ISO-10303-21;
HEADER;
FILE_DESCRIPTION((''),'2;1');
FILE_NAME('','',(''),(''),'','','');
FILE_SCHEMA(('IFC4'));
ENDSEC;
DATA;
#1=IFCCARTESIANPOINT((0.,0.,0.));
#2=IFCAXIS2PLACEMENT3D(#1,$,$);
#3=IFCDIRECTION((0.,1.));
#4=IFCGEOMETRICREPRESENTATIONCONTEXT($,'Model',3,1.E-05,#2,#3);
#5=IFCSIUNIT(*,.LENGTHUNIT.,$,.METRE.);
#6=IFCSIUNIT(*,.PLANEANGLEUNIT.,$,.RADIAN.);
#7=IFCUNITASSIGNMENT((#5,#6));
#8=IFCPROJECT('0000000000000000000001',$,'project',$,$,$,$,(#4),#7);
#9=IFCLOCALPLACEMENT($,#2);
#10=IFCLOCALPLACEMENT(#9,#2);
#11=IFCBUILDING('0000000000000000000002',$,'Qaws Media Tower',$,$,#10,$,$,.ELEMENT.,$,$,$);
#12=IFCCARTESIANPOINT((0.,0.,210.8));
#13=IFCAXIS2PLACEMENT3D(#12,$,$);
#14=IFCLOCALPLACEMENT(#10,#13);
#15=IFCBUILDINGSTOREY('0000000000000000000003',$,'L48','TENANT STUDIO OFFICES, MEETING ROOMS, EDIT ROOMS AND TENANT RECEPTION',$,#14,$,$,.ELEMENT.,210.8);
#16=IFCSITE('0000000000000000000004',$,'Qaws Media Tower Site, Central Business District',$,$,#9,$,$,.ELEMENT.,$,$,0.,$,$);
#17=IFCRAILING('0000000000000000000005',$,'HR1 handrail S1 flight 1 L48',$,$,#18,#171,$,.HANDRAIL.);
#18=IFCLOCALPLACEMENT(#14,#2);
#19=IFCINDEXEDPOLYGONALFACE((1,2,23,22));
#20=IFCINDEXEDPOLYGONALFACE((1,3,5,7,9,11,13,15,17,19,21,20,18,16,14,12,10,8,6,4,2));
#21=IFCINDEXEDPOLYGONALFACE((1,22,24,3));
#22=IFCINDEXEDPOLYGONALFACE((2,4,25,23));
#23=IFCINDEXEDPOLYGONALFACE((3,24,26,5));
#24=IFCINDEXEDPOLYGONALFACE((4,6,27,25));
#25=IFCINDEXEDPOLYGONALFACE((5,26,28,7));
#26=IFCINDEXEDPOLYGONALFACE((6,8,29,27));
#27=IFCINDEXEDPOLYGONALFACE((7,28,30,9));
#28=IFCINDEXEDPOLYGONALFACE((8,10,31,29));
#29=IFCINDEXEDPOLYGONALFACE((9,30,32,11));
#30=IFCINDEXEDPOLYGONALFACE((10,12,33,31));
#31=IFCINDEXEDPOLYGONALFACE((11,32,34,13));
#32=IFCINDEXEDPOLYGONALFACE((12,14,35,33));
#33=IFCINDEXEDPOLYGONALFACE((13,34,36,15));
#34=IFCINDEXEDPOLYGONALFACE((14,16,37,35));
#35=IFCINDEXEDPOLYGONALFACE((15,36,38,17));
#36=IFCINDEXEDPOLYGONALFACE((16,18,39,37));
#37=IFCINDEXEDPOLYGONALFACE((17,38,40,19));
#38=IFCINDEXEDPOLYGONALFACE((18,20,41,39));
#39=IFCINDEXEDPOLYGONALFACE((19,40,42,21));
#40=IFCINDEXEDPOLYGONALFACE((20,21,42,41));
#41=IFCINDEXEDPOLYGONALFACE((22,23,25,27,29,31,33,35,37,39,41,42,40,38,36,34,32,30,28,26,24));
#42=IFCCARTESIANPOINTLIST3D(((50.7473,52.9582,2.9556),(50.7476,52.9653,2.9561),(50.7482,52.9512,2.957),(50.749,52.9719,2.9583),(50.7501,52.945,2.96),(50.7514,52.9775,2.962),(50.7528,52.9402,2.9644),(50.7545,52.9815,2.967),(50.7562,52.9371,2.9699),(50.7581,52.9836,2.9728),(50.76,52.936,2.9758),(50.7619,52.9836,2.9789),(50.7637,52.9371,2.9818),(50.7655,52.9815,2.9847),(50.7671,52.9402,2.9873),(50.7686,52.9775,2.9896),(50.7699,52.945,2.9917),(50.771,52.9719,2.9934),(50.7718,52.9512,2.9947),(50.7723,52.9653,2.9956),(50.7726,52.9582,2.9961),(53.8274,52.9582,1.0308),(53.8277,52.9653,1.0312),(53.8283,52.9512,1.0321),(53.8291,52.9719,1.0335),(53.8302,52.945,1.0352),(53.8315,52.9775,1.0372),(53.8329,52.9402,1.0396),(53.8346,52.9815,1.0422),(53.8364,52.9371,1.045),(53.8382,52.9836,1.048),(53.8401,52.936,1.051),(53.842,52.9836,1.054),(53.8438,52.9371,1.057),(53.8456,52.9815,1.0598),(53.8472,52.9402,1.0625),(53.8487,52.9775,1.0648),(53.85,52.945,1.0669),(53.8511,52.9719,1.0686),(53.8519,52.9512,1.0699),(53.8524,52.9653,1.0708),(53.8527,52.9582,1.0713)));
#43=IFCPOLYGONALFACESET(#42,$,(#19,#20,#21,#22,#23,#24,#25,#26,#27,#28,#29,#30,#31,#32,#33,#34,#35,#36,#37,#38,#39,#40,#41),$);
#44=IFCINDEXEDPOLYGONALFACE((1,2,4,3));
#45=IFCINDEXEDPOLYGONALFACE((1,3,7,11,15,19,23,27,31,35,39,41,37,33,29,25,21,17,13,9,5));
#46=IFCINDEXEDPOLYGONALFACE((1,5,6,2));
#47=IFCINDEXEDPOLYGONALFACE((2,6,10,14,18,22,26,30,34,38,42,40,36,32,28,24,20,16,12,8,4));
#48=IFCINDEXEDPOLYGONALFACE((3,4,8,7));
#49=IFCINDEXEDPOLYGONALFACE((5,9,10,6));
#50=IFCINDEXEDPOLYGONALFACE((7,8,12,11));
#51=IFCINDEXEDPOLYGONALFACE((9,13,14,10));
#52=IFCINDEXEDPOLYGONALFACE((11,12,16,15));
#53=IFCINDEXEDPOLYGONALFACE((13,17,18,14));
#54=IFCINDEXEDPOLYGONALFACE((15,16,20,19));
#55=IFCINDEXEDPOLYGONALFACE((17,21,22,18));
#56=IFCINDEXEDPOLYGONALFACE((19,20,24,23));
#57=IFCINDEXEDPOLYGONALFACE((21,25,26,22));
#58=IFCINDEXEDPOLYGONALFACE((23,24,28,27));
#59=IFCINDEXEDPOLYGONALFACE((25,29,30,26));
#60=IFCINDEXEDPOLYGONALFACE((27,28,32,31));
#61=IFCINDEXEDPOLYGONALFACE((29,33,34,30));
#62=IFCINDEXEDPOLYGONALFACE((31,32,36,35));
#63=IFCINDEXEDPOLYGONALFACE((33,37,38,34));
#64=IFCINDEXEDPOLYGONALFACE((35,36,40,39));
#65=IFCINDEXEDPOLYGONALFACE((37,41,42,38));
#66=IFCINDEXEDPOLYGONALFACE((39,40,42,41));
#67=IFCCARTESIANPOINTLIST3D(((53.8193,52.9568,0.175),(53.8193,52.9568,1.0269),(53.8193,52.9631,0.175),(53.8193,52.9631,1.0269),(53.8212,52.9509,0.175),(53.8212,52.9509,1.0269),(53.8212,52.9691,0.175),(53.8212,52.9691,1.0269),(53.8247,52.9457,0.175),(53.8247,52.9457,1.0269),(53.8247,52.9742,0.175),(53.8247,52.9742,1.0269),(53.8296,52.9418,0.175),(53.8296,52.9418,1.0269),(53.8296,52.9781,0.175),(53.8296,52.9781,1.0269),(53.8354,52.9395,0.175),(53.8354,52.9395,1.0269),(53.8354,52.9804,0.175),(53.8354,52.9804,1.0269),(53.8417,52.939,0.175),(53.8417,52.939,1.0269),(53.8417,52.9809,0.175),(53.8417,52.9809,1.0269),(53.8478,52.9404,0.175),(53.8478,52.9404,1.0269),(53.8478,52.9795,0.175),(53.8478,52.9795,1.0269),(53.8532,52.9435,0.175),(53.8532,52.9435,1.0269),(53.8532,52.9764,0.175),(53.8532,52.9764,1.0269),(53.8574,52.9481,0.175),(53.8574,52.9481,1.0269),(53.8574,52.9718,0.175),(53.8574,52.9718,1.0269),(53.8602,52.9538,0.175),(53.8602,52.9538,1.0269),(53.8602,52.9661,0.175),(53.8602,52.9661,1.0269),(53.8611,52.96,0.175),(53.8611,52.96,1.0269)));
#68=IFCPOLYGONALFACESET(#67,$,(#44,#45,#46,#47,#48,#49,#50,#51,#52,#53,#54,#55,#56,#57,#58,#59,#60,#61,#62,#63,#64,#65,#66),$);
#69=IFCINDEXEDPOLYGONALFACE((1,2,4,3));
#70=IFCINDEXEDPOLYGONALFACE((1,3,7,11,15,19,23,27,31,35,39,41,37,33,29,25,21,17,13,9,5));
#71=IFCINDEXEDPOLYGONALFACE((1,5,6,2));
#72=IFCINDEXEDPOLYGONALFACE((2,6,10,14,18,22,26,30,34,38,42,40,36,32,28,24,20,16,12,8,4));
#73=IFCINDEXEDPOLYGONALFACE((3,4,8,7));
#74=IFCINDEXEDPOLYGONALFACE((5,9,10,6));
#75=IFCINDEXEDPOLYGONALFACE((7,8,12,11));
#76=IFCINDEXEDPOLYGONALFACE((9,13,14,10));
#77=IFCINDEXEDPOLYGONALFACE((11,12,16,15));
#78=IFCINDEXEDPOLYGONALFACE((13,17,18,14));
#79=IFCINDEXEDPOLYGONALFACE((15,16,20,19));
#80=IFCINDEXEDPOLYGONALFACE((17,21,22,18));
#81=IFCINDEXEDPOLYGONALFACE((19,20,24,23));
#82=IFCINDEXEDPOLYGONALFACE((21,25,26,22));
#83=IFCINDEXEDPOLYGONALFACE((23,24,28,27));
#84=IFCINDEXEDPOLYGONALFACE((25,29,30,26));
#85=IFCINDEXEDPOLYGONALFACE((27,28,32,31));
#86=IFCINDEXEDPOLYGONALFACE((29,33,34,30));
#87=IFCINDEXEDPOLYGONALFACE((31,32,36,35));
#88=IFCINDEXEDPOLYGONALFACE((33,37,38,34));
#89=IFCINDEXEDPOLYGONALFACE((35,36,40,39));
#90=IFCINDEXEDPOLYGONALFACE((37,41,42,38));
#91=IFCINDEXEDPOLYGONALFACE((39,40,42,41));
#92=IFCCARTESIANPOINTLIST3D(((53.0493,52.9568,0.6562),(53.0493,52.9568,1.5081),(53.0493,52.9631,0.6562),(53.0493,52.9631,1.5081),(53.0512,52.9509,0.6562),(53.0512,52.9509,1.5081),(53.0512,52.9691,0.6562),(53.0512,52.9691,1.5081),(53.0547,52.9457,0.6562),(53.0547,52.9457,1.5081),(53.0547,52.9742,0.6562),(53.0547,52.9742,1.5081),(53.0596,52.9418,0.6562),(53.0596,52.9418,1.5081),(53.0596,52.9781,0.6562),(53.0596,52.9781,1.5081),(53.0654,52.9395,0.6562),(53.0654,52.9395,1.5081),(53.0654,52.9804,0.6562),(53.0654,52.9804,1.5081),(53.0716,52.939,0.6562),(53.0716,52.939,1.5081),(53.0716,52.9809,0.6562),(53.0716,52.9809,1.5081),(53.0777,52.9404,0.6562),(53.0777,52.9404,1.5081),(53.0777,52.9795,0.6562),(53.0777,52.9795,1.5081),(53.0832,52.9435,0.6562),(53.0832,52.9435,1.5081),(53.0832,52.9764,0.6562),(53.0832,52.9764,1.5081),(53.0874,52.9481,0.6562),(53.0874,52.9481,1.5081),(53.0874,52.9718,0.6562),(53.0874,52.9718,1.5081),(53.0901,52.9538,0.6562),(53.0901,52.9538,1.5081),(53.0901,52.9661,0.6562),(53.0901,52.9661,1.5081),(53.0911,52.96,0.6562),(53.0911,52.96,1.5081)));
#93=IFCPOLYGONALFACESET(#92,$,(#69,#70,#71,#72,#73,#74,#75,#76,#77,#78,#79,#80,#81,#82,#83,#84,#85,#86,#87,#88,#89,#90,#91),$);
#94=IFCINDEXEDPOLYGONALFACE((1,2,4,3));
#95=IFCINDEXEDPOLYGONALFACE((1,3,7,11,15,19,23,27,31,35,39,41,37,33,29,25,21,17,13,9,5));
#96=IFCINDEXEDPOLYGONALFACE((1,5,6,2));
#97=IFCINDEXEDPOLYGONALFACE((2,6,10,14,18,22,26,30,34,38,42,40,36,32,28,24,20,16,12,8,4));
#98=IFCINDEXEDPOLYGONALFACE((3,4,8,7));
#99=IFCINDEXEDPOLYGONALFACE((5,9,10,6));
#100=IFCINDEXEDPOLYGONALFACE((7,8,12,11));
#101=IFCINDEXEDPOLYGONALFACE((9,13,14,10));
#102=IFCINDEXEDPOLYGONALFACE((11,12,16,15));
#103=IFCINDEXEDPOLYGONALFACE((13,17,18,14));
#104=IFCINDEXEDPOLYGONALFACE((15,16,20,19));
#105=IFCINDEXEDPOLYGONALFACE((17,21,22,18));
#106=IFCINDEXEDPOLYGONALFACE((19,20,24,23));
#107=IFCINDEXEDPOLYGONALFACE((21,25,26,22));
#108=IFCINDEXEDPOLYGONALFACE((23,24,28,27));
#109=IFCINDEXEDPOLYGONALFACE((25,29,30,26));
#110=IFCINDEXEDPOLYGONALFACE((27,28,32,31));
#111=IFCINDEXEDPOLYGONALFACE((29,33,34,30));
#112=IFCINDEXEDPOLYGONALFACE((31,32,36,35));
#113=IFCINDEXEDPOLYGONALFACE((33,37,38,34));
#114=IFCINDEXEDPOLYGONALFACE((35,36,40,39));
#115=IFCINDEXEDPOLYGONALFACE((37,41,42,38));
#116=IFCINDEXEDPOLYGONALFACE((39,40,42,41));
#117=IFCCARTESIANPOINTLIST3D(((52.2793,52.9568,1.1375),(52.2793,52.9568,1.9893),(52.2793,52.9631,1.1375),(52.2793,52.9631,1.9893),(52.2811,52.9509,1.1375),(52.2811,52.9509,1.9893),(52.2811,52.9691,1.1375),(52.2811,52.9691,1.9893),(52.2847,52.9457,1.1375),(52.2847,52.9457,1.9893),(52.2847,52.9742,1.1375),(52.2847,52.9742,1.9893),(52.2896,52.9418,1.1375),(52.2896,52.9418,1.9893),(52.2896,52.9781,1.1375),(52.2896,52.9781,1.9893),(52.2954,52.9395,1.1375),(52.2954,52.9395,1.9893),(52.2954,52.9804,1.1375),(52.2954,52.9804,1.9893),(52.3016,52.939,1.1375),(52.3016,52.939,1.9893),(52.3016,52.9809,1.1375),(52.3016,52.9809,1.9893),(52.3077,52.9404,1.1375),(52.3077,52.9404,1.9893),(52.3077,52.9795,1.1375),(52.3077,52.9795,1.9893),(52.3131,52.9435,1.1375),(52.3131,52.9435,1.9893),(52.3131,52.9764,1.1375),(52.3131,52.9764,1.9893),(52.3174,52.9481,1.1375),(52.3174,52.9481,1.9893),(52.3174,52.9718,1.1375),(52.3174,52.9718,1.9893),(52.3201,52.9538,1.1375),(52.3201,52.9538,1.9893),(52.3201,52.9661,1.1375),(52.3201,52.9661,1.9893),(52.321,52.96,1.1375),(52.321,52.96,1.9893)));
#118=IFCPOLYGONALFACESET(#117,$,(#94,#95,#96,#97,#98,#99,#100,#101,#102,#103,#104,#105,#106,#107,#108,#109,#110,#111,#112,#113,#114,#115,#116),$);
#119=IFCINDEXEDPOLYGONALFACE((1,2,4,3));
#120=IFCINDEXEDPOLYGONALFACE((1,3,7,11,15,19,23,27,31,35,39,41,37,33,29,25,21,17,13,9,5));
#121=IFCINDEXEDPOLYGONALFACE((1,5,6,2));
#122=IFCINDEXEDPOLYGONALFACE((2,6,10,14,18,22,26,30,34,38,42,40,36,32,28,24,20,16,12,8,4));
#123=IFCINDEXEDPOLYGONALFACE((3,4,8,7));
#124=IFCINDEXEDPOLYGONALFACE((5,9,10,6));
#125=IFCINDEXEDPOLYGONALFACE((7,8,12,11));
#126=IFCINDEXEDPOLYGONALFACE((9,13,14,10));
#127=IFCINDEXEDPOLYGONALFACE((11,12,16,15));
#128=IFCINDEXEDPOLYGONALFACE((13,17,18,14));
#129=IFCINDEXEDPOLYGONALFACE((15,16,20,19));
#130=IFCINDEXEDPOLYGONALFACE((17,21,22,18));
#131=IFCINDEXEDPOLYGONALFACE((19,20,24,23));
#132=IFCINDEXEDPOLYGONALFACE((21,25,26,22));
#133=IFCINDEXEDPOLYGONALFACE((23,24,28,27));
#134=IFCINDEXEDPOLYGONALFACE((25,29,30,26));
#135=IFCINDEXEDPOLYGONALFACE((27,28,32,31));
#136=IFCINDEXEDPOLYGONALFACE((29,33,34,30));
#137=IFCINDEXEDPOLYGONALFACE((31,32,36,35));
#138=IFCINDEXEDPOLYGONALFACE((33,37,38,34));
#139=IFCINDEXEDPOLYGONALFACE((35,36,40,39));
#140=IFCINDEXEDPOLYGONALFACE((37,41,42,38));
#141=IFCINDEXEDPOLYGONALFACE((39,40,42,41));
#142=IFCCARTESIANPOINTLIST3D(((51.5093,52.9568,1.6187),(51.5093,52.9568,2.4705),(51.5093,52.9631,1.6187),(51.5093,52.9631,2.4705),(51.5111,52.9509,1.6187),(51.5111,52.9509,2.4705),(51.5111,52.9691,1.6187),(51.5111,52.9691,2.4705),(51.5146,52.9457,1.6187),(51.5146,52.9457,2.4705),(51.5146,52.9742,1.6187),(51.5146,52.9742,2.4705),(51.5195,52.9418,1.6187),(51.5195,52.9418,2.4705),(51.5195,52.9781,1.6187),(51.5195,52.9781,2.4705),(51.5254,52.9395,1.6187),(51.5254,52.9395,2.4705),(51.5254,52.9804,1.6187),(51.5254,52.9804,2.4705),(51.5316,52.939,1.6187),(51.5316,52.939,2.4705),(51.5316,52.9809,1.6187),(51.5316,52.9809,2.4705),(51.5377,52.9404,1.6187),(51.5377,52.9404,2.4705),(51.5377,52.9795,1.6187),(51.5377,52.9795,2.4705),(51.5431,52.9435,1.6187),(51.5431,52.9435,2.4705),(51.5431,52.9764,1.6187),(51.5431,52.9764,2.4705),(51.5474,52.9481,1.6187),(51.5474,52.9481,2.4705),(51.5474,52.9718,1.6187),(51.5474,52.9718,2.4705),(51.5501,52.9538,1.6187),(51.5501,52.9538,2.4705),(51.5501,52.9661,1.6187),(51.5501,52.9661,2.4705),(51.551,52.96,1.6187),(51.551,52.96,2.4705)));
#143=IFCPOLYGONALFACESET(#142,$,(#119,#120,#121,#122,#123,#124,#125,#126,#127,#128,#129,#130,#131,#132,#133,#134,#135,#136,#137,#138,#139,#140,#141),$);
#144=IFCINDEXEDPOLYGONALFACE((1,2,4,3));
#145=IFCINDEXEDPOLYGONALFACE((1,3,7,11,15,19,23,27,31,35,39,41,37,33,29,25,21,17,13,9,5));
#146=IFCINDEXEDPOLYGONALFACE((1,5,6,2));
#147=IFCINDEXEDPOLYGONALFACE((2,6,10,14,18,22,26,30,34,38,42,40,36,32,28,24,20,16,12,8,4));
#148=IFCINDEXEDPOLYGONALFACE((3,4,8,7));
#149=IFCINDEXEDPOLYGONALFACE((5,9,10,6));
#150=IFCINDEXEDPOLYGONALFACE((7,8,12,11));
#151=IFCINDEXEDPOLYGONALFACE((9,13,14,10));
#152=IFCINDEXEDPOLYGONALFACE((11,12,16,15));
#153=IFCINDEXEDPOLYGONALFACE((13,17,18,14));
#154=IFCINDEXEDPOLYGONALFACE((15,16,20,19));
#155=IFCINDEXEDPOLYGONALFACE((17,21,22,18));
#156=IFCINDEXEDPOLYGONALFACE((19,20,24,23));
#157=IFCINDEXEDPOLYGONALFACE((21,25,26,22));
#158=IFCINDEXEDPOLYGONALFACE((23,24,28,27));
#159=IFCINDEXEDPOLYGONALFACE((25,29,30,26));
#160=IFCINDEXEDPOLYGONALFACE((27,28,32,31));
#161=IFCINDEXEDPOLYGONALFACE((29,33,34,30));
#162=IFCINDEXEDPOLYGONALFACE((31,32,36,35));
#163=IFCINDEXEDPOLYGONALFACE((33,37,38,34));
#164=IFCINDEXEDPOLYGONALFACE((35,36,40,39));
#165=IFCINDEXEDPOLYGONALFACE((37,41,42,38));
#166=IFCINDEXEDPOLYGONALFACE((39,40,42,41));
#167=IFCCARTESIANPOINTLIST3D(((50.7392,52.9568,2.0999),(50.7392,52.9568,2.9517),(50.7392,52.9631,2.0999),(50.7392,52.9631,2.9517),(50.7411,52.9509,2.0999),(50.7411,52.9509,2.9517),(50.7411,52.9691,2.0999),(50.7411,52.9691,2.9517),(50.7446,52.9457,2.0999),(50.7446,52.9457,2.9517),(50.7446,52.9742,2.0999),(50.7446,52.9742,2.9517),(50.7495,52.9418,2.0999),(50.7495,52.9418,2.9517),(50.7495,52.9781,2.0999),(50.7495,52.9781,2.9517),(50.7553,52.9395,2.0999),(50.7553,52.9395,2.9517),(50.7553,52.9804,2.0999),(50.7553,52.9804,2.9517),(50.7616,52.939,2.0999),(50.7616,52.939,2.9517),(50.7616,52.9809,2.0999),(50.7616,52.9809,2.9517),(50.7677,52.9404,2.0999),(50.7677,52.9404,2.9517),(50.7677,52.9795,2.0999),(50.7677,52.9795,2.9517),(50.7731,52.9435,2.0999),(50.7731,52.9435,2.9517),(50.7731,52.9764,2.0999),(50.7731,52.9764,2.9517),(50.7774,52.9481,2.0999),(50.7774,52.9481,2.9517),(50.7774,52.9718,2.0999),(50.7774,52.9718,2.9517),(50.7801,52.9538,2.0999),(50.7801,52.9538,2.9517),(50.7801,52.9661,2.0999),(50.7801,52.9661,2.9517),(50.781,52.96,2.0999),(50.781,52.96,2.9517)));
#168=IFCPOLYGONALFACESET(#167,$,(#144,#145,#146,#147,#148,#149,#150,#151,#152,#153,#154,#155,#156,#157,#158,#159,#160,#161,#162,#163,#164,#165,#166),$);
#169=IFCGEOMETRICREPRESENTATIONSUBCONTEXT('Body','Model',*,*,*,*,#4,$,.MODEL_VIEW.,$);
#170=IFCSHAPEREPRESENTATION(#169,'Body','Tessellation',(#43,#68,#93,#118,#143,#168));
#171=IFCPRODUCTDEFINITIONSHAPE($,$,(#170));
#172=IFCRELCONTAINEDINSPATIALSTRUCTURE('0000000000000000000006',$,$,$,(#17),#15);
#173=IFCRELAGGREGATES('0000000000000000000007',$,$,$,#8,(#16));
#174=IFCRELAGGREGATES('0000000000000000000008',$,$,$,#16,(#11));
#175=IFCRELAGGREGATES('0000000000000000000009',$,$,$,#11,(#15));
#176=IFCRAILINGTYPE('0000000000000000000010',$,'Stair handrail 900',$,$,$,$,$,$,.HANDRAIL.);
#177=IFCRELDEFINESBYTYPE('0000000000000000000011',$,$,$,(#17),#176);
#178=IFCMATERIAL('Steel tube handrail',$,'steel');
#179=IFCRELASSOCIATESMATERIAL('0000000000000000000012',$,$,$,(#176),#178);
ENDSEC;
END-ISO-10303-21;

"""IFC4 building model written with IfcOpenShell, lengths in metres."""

from ifc_helpers import new_model, si_unit, direction, frame, origin, origin_2d, place, context, subcontext, project, spatial, circle, extrude, material, type_object, element, save


model = new_model("IFC4")

# Units and contexts
model_context = context("Model", 3, precision=1e-05, world=origin(), true_north=direction((0.0, 1.0)))
body_context = subcontext(model_context, "Body", "Model", "MODEL_VIEW")
ifc_project = project(units=[si_unit("LENGTHUNIT", "METRE"), si_unit("PLANEANGLEUNIT", "RADIAN")], contexts=[model_context])

# Site, building, storey
site_placement = place(None, origin())
site = spatial("IfcSite", under=ifc_project, at=site_placement, Name="Qaws Media Tower Site, Central Business District", CompositionType="ELEMENT", RefElevation=0.0)
building_placement = place(site_placement, origin())
building = spatial("IfcBuilding", under=site, at=building_placement, Name="Qaws Media Tower", CompositionType="ELEMENT")
storey_placement = place(building_placement, frame((0.0, 0.0, 210.8)))
storey = spatial("IfcBuildingStorey", under=building, at=storey_placement, Name="L48", Description="TENANT STUDIO OFFICES, MEETING ROOMS, EDIT ROOMS AND TENANT RECEPTION", CompositionType="ELEMENT", Elevation=210.8)

# Railing
ifc_material_1 = material(Name="Steel tube handrail", Category="steel")
railing_type = type_object("IfcRailingType", Name="Stair handrail 900", PredefinedType="HANDRAIL", material=ifc_material_1)
for number, where, name in (
    (1, (53.8401, 52.96, 0.175), "HR1 handrail S1 flight 1 L48"),
):
    element("IfcRailing", number, at=place(storey_placement, frame(where)), inside=storey, type_object=railing_type, Name=name, PredefinedType="HANDRAIL", context=body_context, shape_type="SweptSolid", body=[
        extrude(circle(Radius=0.0239, at=origin_2d()), frame((0.0, 0.0, 0.876), z_axis=(-0.848029, 0.0, 0.529951), x_axis=(0.0, -1.0, 0.0)), (0.0, 0.0, 1.0), 3.6321),
        extrude(circle(Radius=0.021, at=origin_2d()), origin(), (0.0, 0.0, 1.0), 0.8518),
        extrude(circle(Radius=0.021, at=origin_2d()), frame((-0.77, 0.0, 0.4812)), (0.0, 0.0, 1.0), 0.8518),
        extrude(circle(Radius=0.021, at=origin_2d()), frame((-1.54, 0.0, 0.9624)), (0.0, 0.0, 1.0), 0.8518),
        extrude(circle(Radius=0.021, at=origin_2d()), frame((-2.3101, 0.0, 1.4436)), (0.0, 0.0, 1.0), 0.8518),
        extrude(circle(Radius=0.021, at=origin_2d()), frame((-3.0801, 0.0, 1.9248)), (0.0, 0.0, 1.0), 0.8518),
    ])

save(model, "model.ifc")
